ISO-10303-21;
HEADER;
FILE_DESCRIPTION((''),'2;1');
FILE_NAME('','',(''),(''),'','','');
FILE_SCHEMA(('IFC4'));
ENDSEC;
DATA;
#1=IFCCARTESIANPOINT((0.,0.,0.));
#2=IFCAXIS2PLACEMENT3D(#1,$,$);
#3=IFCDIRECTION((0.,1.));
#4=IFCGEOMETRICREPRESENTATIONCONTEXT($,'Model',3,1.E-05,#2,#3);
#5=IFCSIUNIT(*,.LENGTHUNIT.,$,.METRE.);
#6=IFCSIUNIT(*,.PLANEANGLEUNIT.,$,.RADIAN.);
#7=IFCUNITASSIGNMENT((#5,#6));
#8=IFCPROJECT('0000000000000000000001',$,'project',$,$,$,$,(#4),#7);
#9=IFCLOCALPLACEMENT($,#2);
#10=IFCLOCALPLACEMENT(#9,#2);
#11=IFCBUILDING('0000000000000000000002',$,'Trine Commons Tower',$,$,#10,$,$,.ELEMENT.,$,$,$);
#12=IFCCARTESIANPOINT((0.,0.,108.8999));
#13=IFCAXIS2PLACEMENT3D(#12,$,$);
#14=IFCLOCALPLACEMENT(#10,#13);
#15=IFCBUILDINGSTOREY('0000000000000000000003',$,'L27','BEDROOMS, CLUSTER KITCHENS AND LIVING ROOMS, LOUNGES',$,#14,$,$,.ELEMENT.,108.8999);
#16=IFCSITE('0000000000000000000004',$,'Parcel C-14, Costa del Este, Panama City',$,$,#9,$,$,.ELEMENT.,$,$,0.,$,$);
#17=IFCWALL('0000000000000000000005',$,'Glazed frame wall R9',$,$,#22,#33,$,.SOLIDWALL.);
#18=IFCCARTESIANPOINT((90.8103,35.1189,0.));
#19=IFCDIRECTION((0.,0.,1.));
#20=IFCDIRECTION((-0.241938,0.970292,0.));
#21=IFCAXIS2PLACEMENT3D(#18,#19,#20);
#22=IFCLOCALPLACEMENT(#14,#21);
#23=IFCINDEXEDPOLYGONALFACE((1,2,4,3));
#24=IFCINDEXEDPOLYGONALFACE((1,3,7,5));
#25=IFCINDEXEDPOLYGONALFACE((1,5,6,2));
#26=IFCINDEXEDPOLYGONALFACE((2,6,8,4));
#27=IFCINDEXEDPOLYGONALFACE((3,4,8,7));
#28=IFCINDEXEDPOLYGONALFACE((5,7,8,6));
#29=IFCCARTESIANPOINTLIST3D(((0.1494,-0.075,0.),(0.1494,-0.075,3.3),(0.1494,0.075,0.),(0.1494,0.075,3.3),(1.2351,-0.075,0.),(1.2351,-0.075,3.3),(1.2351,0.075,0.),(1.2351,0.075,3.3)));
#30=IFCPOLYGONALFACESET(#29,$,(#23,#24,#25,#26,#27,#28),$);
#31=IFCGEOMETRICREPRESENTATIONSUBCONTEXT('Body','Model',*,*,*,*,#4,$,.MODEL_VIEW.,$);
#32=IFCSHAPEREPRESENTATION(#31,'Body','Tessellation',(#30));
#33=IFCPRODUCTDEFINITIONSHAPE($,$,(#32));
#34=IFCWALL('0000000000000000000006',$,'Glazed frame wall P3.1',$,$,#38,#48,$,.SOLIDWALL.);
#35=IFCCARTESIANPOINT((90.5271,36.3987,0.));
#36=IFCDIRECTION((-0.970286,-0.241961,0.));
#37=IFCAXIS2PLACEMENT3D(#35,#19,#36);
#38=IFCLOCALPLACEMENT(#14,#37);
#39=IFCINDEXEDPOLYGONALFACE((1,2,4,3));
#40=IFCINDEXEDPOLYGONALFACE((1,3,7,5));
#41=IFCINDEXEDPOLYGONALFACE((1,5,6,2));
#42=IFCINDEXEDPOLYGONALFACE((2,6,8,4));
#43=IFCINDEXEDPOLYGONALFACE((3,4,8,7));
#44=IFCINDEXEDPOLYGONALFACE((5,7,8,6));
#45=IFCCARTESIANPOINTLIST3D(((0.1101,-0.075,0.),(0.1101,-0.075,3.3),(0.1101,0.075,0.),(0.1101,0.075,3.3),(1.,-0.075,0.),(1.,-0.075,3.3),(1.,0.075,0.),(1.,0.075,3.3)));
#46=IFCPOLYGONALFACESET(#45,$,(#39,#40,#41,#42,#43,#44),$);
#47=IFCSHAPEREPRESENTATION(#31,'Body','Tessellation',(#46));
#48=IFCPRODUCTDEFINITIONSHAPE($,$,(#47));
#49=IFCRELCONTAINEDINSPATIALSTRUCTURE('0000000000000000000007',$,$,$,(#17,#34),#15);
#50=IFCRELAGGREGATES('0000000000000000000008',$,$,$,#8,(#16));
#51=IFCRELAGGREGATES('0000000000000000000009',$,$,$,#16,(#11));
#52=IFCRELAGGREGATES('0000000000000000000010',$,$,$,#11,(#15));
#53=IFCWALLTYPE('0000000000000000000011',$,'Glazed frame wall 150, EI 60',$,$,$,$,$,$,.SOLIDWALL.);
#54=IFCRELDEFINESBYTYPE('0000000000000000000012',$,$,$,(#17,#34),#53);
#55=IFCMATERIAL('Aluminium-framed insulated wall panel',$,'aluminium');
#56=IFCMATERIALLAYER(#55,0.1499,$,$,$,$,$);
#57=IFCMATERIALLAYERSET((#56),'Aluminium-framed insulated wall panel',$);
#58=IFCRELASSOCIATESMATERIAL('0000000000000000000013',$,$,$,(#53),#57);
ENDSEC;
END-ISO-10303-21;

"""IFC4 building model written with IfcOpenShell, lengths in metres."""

from ifc_helpers import new_model, si_unit, direction, frame, origin, place, context, subcontext, project, spatial, polyline, outline, extrude, material, layer, layer_set, type_object, element, save


model = new_model("IFC4")

# Units and contexts
model_context = context("Model", 3, precision=1e-05, world=origin(), true_north=direction((0.0, 1.0)))
body_context = subcontext(model_context, "Body", "Model", "MODEL_VIEW")
ifc_project = project(units=[si_unit("LENGTHUNIT", "METRE"), si_unit("PLANEANGLEUNIT", "RADIAN")], contexts=[model_context])

# Site, building, storey
site_placement = place(None, origin())
site = spatial("IfcSite", under=ifc_project, at=site_placement, Name="Parcel C-14, Costa del Este, Panama City", CompositionType="ELEMENT", RefElevation=0.0)
building_placement = place(site_placement, origin())
building = spatial("IfcBuilding", under=site, at=building_placement, Name="Trine Commons Tower", CompositionType="ELEMENT")
storey_placement = place(building_placement, frame((0.0, 0.0, 108.8999)))
storey = spatial("IfcBuildingStorey", under=building, at=storey_placement, Name="L27", Description="BEDROOMS, CLUSTER KITCHENS AND LIVING ROOMS, LOUNGES", CompositionType="ELEMENT", Elevation=108.8999)

# Walls
ifc_material_1 = material(Name="Aluminium-framed insulated wall panel", Category="aluminium")
ifc_layer_1 = layer(ifc_material_1, 0.1499)
ifc_layer_set_1 = layer_set([ifc_layer_1], Name="Aluminium-framed insulated wall panel")
wall_type_1 = type_object("IfcWallType", Name="Glazed frame wall 150, EI 60", PredefinedType="SOLIDWALL", material=ifc_layer_set_1)
wall_1_placement = place(storey_placement, frame((90.8103, 35.1189, 0.0), z_axis=(0.0, 0.0, 1.0), x_axis=(-0.241938, 0.970292, 0.0)))
element("IfcWall", 1, at=wall_1_placement, inside=storey, type_object=wall_type_1, Name="Glazed frame wall R9", PredefinedType="SOLIDWALL", context=body_context, shape_type="SweptSolid", body=[
    extrude(outline(polyline([(0.1494, 0.075), (0.1494, -0.075), (1.2351, -0.075), (1.2351, 0.075), (0.1494, 0.075)])), origin(), (0.0, 0.0, 1.0), 3.3),
])
wall_2_placement = place(storey_placement, frame((90.5271, 36.3987, 0.0), z_axis=(0.0, 0.0, 1.0), x_axis=(-0.970286, -0.241961, 0.0)))
element("IfcWall", 2, at=wall_2_placement, inside=storey, type_object=wall_type_1, Name="Glazed frame wall P3.1", PredefinedType="SOLIDWALL", context=body_context, shape_type="SweptSolid", body=[
    extrude(outline(polyline([(0.1101, -0.075), (1.0, -0.075), (1.0, 0.075), (0.1101, 0.075), (0.1101, -0.075)])), origin(), (0.0, 0.0, 1.0), 3.3),
])

save(model, "model.ifc")
